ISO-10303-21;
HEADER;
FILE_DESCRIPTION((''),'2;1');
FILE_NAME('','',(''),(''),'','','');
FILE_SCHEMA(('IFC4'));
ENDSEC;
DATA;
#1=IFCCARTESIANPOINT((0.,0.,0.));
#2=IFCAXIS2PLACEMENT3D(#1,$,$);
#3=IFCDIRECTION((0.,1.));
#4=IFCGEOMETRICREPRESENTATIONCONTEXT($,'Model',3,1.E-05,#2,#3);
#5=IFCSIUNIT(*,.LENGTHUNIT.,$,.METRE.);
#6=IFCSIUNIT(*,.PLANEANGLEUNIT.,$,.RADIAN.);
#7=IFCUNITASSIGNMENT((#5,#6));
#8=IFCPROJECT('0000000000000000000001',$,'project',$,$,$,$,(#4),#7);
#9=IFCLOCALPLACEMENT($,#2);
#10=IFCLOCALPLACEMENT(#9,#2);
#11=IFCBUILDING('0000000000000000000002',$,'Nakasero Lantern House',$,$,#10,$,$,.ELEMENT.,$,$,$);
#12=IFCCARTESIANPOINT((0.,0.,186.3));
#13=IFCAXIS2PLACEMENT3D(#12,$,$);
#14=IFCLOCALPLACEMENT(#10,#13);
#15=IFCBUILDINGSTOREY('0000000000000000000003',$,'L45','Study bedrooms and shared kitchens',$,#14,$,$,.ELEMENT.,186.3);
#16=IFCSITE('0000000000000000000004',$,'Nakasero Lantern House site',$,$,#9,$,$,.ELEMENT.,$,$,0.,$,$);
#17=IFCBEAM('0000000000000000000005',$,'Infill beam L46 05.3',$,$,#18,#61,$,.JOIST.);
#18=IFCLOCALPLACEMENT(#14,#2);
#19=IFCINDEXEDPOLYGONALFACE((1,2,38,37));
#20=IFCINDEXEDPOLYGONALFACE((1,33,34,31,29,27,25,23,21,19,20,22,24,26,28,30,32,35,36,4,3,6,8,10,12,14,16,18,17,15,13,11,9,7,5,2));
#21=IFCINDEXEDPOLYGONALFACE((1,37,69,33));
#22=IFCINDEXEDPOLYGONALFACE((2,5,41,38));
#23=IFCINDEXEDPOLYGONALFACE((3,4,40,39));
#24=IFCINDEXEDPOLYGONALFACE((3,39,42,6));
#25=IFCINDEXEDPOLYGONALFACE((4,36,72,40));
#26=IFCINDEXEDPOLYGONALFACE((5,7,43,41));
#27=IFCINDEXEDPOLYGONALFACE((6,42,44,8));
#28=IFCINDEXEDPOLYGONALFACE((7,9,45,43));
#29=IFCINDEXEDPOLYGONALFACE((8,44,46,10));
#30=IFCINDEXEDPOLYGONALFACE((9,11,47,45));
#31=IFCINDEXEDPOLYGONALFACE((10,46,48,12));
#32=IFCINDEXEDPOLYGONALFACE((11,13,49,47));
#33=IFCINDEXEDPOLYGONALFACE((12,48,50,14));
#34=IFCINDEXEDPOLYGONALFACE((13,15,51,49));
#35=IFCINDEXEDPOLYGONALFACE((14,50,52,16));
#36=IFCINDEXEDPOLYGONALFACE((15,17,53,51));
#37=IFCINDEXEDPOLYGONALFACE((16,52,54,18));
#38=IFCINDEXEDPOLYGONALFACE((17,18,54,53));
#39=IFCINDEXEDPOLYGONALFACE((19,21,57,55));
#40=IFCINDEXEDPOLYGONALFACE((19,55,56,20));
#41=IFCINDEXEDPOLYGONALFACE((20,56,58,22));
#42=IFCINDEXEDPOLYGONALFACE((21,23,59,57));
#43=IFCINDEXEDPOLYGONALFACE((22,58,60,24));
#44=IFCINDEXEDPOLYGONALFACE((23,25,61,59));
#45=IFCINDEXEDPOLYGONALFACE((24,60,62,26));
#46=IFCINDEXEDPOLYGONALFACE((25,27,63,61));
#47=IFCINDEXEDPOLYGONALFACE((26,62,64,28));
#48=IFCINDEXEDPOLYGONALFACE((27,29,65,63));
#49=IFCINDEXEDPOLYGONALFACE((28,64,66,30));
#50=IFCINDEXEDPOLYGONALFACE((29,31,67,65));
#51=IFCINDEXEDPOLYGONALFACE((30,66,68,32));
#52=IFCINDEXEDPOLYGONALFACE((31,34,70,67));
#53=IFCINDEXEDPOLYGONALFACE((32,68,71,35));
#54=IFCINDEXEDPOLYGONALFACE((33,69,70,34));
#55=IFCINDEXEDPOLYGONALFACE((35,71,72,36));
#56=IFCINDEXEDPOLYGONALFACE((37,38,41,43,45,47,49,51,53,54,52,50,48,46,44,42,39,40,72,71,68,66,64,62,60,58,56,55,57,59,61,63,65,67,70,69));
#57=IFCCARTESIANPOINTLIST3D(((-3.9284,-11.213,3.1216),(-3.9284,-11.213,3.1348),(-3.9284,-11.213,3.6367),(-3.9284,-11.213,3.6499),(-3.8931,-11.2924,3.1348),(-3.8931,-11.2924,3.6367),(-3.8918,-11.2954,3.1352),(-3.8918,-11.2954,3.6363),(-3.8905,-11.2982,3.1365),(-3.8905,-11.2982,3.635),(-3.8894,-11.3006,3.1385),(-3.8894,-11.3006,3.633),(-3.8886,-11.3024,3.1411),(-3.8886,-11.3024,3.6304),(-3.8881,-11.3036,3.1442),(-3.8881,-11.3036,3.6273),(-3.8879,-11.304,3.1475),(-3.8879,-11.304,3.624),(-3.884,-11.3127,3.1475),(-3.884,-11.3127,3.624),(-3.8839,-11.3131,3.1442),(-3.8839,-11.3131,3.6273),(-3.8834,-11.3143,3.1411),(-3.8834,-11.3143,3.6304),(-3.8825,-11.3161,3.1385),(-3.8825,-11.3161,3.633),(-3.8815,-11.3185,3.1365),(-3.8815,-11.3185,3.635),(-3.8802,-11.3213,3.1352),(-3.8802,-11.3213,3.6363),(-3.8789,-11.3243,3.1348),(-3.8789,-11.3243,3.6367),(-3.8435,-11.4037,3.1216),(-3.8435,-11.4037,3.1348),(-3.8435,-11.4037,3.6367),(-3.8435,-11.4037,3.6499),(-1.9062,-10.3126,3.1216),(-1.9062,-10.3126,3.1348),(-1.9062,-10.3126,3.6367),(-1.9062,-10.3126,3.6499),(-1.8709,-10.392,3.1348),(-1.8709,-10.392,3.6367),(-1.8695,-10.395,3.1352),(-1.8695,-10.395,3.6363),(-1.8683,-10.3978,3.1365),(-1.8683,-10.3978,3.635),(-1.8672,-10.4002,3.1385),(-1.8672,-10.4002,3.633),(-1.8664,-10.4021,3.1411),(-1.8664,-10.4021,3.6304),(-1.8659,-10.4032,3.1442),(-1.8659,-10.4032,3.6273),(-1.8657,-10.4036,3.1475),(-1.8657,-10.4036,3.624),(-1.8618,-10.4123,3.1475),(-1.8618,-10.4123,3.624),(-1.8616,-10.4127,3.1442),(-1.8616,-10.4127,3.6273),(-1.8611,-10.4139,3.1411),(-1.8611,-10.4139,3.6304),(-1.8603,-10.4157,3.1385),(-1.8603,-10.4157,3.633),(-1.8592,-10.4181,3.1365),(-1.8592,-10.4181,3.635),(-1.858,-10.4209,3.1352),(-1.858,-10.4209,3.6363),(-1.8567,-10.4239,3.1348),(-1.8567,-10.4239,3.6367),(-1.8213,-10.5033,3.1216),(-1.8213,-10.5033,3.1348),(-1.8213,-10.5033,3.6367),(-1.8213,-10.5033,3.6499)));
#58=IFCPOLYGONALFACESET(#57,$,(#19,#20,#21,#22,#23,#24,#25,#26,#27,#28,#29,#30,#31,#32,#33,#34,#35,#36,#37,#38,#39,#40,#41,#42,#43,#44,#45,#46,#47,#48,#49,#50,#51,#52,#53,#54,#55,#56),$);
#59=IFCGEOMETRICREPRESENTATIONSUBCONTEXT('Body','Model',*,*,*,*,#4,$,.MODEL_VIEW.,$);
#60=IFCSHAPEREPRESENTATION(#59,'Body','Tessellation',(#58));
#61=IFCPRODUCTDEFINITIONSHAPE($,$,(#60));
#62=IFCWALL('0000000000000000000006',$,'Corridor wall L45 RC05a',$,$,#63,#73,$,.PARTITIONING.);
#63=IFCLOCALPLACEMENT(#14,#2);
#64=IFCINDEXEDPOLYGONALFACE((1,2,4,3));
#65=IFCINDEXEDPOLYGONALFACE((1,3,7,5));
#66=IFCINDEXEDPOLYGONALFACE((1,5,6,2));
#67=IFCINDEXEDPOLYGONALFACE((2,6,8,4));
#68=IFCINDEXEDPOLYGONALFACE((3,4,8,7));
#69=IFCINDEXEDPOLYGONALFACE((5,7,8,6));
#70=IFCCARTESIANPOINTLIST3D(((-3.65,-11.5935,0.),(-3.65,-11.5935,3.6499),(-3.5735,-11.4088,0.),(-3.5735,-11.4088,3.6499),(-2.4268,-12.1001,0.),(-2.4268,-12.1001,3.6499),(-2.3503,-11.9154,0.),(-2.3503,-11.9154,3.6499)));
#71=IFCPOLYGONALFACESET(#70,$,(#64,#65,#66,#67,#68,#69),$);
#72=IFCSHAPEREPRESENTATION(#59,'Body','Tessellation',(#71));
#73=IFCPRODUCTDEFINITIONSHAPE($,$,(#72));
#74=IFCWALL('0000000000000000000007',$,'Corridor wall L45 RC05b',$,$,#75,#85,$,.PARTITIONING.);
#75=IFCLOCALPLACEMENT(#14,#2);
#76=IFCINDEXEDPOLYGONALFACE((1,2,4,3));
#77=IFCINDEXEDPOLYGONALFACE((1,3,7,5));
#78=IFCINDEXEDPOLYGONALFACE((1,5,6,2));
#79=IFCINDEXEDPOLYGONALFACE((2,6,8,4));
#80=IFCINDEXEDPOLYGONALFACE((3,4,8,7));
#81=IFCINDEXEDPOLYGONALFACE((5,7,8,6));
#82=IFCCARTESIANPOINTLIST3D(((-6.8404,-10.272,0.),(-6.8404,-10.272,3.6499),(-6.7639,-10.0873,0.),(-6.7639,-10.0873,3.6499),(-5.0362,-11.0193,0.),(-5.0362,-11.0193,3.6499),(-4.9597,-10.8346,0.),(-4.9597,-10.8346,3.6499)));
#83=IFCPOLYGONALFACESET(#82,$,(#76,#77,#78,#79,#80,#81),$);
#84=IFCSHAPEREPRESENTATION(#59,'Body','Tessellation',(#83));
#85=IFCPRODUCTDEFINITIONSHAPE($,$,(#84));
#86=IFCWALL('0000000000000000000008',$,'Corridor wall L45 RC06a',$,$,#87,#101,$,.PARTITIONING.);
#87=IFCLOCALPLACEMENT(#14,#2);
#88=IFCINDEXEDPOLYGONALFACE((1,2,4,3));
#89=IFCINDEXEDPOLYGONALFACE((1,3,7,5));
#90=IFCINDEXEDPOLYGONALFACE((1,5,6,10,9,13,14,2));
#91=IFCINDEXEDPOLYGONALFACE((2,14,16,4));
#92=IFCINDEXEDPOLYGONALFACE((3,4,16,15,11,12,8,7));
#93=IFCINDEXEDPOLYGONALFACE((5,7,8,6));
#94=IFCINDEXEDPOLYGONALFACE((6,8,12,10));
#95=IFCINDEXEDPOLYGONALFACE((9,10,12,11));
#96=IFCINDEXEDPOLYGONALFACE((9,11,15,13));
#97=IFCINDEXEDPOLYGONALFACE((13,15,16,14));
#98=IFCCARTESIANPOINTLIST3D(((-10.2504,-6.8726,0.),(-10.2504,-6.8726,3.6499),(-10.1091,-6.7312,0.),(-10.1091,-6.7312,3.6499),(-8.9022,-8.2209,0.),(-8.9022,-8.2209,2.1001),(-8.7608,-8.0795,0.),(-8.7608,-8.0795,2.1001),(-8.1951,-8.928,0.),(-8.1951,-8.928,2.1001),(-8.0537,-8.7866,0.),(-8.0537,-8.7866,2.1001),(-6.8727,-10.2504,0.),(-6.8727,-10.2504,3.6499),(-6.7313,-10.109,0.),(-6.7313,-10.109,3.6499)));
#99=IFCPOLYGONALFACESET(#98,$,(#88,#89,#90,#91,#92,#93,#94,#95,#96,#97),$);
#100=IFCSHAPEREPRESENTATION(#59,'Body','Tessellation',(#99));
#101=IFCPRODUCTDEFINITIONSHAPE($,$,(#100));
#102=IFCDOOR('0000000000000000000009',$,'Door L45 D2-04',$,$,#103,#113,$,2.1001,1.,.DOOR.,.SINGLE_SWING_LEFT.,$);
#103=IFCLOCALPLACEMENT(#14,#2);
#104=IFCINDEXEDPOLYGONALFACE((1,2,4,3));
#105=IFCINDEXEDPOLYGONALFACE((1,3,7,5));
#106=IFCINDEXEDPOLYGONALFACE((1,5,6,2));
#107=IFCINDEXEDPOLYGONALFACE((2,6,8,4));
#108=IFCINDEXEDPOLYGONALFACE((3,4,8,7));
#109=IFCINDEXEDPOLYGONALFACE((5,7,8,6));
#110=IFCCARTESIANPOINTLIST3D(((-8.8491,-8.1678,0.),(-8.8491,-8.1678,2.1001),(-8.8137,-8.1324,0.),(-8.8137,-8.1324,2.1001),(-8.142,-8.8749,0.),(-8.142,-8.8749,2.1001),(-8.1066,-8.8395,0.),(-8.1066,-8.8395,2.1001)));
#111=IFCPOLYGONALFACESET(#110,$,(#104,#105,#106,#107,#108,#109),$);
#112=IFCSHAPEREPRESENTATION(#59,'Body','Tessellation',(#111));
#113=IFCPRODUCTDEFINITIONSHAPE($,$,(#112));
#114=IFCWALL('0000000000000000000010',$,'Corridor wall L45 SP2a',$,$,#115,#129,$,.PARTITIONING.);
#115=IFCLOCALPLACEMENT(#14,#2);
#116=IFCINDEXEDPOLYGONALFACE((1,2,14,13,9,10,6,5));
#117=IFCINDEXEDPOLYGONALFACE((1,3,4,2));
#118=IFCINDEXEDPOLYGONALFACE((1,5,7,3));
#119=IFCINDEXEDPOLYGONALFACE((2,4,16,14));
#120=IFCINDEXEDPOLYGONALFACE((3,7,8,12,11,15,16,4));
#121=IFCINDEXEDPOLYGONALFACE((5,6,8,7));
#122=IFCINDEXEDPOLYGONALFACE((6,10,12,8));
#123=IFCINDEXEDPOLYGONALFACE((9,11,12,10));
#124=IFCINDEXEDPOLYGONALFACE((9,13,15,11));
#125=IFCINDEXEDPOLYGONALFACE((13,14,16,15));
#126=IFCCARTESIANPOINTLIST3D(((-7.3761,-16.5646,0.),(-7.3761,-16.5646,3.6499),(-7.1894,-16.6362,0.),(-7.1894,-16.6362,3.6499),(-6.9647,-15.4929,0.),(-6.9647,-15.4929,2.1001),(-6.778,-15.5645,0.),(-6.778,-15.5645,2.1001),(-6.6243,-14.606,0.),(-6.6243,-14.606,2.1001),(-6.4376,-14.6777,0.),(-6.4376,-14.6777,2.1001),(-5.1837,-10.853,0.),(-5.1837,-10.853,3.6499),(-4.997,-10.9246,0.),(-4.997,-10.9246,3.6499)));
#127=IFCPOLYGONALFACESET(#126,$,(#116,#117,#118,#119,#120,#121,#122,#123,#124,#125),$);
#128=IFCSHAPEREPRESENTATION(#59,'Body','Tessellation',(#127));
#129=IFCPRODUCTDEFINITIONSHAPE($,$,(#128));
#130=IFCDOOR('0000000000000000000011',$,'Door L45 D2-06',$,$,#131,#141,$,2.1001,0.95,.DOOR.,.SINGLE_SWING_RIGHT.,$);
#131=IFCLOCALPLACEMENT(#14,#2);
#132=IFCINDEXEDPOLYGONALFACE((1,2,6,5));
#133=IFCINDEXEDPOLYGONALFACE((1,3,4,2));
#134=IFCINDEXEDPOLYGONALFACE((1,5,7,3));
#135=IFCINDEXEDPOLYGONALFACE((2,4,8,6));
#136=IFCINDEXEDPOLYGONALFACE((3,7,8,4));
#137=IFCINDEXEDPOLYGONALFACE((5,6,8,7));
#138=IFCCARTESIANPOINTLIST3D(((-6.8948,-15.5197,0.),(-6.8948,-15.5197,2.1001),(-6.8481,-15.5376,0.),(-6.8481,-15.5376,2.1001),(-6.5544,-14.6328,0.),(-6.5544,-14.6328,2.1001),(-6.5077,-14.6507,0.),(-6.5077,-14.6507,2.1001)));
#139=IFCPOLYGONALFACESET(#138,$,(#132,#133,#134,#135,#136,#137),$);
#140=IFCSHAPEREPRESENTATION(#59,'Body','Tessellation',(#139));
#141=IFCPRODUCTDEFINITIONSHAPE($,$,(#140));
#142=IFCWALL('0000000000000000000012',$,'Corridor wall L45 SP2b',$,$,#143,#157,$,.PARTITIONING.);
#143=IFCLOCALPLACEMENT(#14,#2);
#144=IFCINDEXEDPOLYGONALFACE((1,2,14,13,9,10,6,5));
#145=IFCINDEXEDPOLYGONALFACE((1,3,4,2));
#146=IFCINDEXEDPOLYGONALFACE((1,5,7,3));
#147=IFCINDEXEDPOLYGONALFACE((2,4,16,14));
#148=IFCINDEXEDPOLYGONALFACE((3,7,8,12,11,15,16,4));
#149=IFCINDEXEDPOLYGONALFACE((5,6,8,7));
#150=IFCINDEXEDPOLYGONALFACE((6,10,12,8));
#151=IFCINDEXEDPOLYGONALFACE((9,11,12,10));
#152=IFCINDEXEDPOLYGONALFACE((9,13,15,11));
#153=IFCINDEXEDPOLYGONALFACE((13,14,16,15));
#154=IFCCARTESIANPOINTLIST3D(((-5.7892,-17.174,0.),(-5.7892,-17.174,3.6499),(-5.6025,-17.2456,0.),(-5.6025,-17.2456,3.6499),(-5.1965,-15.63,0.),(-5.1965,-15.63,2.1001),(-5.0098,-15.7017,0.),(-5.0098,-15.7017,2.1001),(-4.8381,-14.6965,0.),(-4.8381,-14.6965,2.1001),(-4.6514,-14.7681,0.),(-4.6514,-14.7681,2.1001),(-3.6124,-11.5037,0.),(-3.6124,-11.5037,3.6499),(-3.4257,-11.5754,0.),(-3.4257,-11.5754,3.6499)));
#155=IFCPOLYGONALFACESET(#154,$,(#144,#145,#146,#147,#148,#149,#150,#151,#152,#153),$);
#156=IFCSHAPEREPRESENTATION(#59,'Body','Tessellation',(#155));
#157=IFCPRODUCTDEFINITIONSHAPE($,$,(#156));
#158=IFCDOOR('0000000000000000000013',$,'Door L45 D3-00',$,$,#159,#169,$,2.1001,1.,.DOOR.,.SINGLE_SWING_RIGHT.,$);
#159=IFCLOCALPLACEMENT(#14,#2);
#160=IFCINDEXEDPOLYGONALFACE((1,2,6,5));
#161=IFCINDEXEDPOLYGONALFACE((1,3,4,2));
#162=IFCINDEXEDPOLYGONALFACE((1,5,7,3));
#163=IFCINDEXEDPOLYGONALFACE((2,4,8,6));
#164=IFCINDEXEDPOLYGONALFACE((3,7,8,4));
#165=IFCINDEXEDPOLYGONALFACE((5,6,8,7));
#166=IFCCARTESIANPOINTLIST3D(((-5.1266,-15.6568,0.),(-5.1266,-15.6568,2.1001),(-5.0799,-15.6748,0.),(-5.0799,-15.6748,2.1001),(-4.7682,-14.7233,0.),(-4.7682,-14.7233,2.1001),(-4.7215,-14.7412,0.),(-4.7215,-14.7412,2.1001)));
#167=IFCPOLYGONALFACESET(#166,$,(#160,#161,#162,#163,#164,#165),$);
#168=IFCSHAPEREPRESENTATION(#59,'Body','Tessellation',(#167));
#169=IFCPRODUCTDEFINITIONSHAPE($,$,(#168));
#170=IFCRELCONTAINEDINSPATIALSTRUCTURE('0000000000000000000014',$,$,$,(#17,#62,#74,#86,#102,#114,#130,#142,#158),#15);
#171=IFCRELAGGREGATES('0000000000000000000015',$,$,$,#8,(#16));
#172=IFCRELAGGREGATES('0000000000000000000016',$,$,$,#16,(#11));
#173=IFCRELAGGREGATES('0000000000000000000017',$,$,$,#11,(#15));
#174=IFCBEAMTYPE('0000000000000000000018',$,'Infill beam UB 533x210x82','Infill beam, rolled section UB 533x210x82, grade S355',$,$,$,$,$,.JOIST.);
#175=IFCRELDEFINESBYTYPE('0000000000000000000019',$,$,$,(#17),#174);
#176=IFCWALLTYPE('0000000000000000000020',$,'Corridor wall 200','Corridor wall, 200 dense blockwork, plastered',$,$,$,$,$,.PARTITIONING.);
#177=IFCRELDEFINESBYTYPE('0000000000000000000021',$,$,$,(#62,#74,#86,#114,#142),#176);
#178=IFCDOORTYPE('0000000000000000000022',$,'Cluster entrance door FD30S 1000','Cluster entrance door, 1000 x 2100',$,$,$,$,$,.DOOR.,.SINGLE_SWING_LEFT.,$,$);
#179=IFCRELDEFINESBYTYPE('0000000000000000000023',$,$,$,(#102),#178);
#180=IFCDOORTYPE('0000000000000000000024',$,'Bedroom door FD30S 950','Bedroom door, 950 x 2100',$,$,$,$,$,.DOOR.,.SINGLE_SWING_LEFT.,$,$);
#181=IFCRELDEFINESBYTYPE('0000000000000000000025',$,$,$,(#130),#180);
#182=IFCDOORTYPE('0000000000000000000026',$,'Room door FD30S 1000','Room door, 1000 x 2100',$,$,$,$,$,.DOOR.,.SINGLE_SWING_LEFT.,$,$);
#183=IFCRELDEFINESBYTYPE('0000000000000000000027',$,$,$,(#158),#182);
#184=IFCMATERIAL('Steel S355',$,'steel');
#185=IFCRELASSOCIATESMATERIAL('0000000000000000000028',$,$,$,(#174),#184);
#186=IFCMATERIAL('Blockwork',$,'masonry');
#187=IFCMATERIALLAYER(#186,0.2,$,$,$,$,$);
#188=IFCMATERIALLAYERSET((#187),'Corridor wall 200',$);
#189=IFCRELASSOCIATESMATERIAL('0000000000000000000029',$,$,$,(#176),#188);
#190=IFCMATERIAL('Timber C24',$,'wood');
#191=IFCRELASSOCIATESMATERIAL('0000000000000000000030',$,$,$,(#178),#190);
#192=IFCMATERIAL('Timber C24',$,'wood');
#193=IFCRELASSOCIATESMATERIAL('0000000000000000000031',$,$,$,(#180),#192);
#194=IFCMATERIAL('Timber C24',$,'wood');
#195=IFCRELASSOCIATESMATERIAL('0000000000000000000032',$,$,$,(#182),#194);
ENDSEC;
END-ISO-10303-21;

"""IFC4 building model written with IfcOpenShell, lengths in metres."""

from ifc_helpers import new_model, si_unit, direction, frame, frame_2d, origin, origin_2d, place, context, subcontext, project, spatial, rectangle, i_section, extrude, material, layer, layer_set, material_profile, profile_set, type_object, element, fill, save


model = new_model("IFC4")

# Units and contexts
model_context = context("Model", 3, precision=1e-05, world=origin(), true_north=direction((0.0, 1.0)))
body_context = subcontext(model_context, "Body", "Model", "MODEL_VIEW")
ifc_project = project(units=[si_unit("LENGTHUNIT", "METRE"), si_unit("PLANEANGLEUNIT", "RADIAN")], contexts=[model_context])

# Site, building, storey
site_placement = place(None, origin())
site = spatial("IfcSite", under=ifc_project, at=site_placement, Name="Nakasero Lantern House site", CompositionType="ELEMENT", RefElevation=0.0)
building_placement = place(site_placement, origin())
building = spatial("IfcBuilding", under=site, at=building_placement, Name="Nakasero Lantern House", CompositionType="ELEMENT")
storey_placement = place(building_placement, frame((0.0, 0.0, 186.3)))
storey = spatial("IfcBuildingStorey", under=building, at=storey_placement, Name="L45", Description="Study bedrooms and shared kitchens", CompositionType="ELEMENT", Elevation=186.3)

# Beam
ifc_material_1 = material(Name="Steel S355", Category="steel")
ifc_material_profile = material_profile(ifc_material_1, i_section(OverallWidth=0.2087, OverallDepth=0.5283, WebThickness=0.0095, FlangeThickness=0.0132, FilletRadius=0.0127, at=origin_2d()), Name="UB 533x210x82")
ifc_profile_set = profile_set([ifc_material_profile], Name="Steel S355")
beam_type = type_object("IfcBeamType", Name="Infill beam UB 533x210x82", Description="Infill beam, rolled section UB 533x210x82, grade S355", PredefinedType="JOIST", material=ifc_profile_set)
beam_placement = place(storey_placement, frame((-3.886, -11.3083, 3.3857), z_axis=(0.913538, 0.406752, 0.0), x_axis=(-0.406752, 0.913538, 0.0)))
element("IfcBeam", 1, at=beam_placement, inside=storey, type_object=beam_type, Name="Infill beam L46 05.3", PredefinedType="JOIST", context=body_context, shape_type="SweptSolid", body=[
    extrude(i_section(OverallWidth=0.2087, OverallDepth=0.5283, WebThickness=0.0095, FlangeThickness=0.0132, FilletRadius=0.0127, at=origin_2d()), origin(), (0.0, 0.0, 1.0), 2.2136),
])

# Walls
ifc_material_2 = material(Name="Blockwork", Category="masonry")
ifc_layer_1 = layer(ifc_material_2, 0.2)
ifc_layer_set_1 = layer_set([ifc_layer_1], Name="Corridor wall 200")
wall_type_1 = type_object("IfcWallType", Name="Corridor wall 200", Description="Corridor wall, 200 dense blockwork, plastered", PredefinedType="PARTITIONING", material=ifc_layer_set_1)
wall_1_placement = place(storey_placement, frame((-2.3884, -12.0078, 0.0), z_axis=(0.0, 0.0, 1.0), x_axis=(-0.923893, 0.38265, 0.0)))
element("IfcWall", 2, at=wall_1_placement, inside=storey, type_object=wall_type_1, Name="Corridor wall L45 RC05a", PredefinedType="PARTITIONING", context=body_context, shape_type="SweptSolid", body=[
    extrude(rectangle(XDim=1.324, YDim=0.2, at=frame_2d((0.6621, 0.0))), origin(), (0.0, 0.0, 1.0), 3.6499),
])
wall_2_placement = place(storey_placement, frame((-4.9978, -10.927, 0.0), z_axis=(0.0, 0.0, 1.0), x_axis=(-0.923881, 0.382679, 0.0)))
element("IfcWall", 3, at=wall_2_placement, inside=storey, type_object=wall_type_1, Name="Corridor wall L45 RC05b", PredefinedType="PARTITIONING", context=body_context, shape_type="SweptSolid", body=[
    extrude(rectangle(XDim=1.9529, YDim=0.2, at=frame_2d((0.9766, 0.0))), origin(), (0.0, 0.0, 1.0), 3.6499),
])

# Walls, openings, doors
wall_3_placement = place(storey_placement, frame((-6.802, -10.1797, 0.0), z_axis=(0.0, 0.0, 1.0), x_axis=(-0.707107, 0.707107, 0.0)))
wall_3 = element("IfcWall", 4, at=wall_3_placement, inside=storey, type_object=wall_type_1, Name="Corridor wall L45 RC06a", PredefinedType="PARTITIONING", context=body_context, shape_type="SweptSolid", body=[
    extrude(rectangle(XDim=4.7769, YDim=0.2, at=frame_2d((2.3884, 0.0))), origin(), (0.0, 0.0, 1.0), 3.6499),
])
opening_1_placement = place(wall_3_placement, frame((1.8701, 0.0, 0.0)))
opening_1 = element("IfcOpeningElement", 5, at=opening_1_placement, cuts=wall_3, PredefinedType="OPENING", context=body_context, shape_type="SweptSolid", body=[
    extrude(rectangle(XDim=1.0, YDim=2.1001, at=frame_2d((0.5, 1.05))), frame((0.0, 0.1199, 0.0), z_axis=(0.0, -1.0, 0.0), x_axis=(1.0, 0.0, 0.0)), (0.0, 0.0, 1.0), 0.24),
])
ifc_material_3 = material(Name="Timber C24", Category="wood")
door_type_1 = type_object("IfcDoorType", Name="Cluster entrance door FD30S 1000", Description="Cluster entrance door, 1000 x 2100", OperationType="SINGLE_SWING_LEFT", PredefinedType="DOOR", material=ifc_material_3)
door_1_placement = place(opening_1_placement, origin())
door_1 = element("IfcDoor", 6, at=door_1_placement, inside=storey, type_object=door_type_1, Name="Door L45 D2-04", OperationType="SINGLE_SWING_LEFT", OverallHeight=2.1001, OverallWidth=1.0, PredefinedType="DOOR", context=body_context, shape_type="SweptSolid", body=[
    extrude(rectangle(XDim=1.0, YDim=2.1001, at=frame_2d((0.5, 1.05))), frame((0.0, 0.0249, 0.0), z_axis=(0.0, -1.0, 0.0), x_axis=(1.0, 0.0, 0.0)), (0.0, 0.0, 1.0), 0.05),
])
fill(opening_1, door_1)
wall_4_placement = place(storey_placement, frame((-5.0903, -10.8887, 0.0), z_axis=(0.0, 0.0, 1.0), x_axis=(-0.358351, -0.933587, 0.0)))
wall_4 = element("IfcWall", 7, at=wall_4_placement, inside=storey, type_object=wall_type_1, Name="Corridor wall L45 SP2a", PredefinedType="PARTITIONING", context=body_context, shape_type="SweptSolid", body=[
    extrude(rectangle(XDim=6.1179, YDim=0.2, at=frame_2d((3.0591, 0.0))), origin(), (0.0, 0.0, 1.0), 3.6499),
])
opening_2_placement = place(wall_4_placement, frame((4.02, 0.0, 0.0)))
opening_2 = element("IfcOpeningElement", 8, at=opening_2_placement, cuts=wall_4, PredefinedType="OPENING", context=body_context, shape_type="SweptSolid", body=[
    extrude(rectangle(XDim=0.95, YDim=2.1001, at=frame_2d((0.4751, 1.05))), frame((0.0, 0.1199, 0.0), z_axis=(0.0, -1.0, 0.0), x_axis=(1.0, 0.0, 0.0)), (0.0, 0.0, 1.0), 0.24),
])
ifc_material_4 = material(Name="Timber C24", Category="wood")
door_type_2 = type_object("IfcDoorType", Name="Bedroom door FD30S 950", Description="Bedroom door, 950 x 2100", OperationType="SINGLE_SWING_LEFT", PredefinedType="DOOR", material=ifc_material_4)
door_2_placement = place(opening_2_placement, origin())
door_2 = element("IfcDoor", 9, at=door_2_placement, inside=storey, type_object=door_type_2, Name="Door L45 D2-06", OperationType="SINGLE_SWING_RIGHT", OverallHeight=2.1001, OverallWidth=0.95, PredefinedType="DOOR", context=body_context, shape_type="SweptSolid", body=[
    extrude(rectangle(XDim=0.95, YDim=2.1001, at=frame_2d((0.4751, 1.05))), frame((0.0, 0.0249, 0.0), z_axis=(0.0, -1.0, 0.0), x_axis=(1.0, 0.0, 0.0)), (0.0, 0.0, 1.0), 0.05),
])
fill(opening_2, door_2)
wall_5_placement = place(storey_placement, frame((-3.519, -11.5396, 0.0), z_axis=(0.0, 0.0, 1.0), x_axis=(-0.358394, -0.93357, 0.0)))
wall_5 = element("IfcWall", 10, at=wall_5_placement, inside=storey, type_object=wall_type_1, Name="Corridor wall L45 SP2b", PredefinedType="PARTITIONING", context=body_context, shape_type="SweptSolid", body=[
    extrude(rectangle(XDim=6.0737, YDim=0.2, at=frame_2d((3.0369, 0.0))), origin(), (0.0, 0.0, 1.0), 3.6499),
])
opening_3_placement = place(wall_5_placement, frame((3.4199, 0.0, 0.0)))
opening_3 = element("IfcOpeningElement", 11, at=opening_3_placement, cuts=wall_5, PredefinedType="OPENING", context=body_context, shape_type="SweptSolid", body=[
    extrude(rectangle(XDim=1.0, YDim=2.1001, at=frame_2d((0.5, 1.05))), frame((0.0, 0.1199, 0.0), z_axis=(0.0, -1.0, 0.0), x_axis=(1.0, 0.0, 0.0)), (0.0, 0.0, 1.0), 0.24),
])
ifc_material_5 = material(Name="Timber C24", Category="wood")
door_type_3 = type_object("IfcDoorType", Name="Room door FD30S 1000", Description="Room door, 1000 x 2100", OperationType="SINGLE_SWING_LEFT", PredefinedType="DOOR", material=ifc_material_5)
door_3_placement = place(opening_3_placement, origin())
door_3 = element("IfcDoor", 12, at=door_3_placement, inside=storey, type_object=door_type_3, Name="Door L45 D3-00", OperationType="SINGLE_SWING_RIGHT", OverallHeight=2.1001, OverallWidth=1.0, PredefinedType="DOOR", context=body_context, shape_type="SweptSolid", body=[
    extrude(rectangle(XDim=1.0, YDim=2.1001, at=frame_2d((0.5, 1.05))), frame((0.0, 0.0249, 0.0), z_axis=(0.0, -1.0, 0.0), x_axis=(1.0, 0.0, 0.0)), (0.0, 0.0, 1.0), 0.05),
])
fill(opening_3, door_3)

save(model, "model.ifc")
